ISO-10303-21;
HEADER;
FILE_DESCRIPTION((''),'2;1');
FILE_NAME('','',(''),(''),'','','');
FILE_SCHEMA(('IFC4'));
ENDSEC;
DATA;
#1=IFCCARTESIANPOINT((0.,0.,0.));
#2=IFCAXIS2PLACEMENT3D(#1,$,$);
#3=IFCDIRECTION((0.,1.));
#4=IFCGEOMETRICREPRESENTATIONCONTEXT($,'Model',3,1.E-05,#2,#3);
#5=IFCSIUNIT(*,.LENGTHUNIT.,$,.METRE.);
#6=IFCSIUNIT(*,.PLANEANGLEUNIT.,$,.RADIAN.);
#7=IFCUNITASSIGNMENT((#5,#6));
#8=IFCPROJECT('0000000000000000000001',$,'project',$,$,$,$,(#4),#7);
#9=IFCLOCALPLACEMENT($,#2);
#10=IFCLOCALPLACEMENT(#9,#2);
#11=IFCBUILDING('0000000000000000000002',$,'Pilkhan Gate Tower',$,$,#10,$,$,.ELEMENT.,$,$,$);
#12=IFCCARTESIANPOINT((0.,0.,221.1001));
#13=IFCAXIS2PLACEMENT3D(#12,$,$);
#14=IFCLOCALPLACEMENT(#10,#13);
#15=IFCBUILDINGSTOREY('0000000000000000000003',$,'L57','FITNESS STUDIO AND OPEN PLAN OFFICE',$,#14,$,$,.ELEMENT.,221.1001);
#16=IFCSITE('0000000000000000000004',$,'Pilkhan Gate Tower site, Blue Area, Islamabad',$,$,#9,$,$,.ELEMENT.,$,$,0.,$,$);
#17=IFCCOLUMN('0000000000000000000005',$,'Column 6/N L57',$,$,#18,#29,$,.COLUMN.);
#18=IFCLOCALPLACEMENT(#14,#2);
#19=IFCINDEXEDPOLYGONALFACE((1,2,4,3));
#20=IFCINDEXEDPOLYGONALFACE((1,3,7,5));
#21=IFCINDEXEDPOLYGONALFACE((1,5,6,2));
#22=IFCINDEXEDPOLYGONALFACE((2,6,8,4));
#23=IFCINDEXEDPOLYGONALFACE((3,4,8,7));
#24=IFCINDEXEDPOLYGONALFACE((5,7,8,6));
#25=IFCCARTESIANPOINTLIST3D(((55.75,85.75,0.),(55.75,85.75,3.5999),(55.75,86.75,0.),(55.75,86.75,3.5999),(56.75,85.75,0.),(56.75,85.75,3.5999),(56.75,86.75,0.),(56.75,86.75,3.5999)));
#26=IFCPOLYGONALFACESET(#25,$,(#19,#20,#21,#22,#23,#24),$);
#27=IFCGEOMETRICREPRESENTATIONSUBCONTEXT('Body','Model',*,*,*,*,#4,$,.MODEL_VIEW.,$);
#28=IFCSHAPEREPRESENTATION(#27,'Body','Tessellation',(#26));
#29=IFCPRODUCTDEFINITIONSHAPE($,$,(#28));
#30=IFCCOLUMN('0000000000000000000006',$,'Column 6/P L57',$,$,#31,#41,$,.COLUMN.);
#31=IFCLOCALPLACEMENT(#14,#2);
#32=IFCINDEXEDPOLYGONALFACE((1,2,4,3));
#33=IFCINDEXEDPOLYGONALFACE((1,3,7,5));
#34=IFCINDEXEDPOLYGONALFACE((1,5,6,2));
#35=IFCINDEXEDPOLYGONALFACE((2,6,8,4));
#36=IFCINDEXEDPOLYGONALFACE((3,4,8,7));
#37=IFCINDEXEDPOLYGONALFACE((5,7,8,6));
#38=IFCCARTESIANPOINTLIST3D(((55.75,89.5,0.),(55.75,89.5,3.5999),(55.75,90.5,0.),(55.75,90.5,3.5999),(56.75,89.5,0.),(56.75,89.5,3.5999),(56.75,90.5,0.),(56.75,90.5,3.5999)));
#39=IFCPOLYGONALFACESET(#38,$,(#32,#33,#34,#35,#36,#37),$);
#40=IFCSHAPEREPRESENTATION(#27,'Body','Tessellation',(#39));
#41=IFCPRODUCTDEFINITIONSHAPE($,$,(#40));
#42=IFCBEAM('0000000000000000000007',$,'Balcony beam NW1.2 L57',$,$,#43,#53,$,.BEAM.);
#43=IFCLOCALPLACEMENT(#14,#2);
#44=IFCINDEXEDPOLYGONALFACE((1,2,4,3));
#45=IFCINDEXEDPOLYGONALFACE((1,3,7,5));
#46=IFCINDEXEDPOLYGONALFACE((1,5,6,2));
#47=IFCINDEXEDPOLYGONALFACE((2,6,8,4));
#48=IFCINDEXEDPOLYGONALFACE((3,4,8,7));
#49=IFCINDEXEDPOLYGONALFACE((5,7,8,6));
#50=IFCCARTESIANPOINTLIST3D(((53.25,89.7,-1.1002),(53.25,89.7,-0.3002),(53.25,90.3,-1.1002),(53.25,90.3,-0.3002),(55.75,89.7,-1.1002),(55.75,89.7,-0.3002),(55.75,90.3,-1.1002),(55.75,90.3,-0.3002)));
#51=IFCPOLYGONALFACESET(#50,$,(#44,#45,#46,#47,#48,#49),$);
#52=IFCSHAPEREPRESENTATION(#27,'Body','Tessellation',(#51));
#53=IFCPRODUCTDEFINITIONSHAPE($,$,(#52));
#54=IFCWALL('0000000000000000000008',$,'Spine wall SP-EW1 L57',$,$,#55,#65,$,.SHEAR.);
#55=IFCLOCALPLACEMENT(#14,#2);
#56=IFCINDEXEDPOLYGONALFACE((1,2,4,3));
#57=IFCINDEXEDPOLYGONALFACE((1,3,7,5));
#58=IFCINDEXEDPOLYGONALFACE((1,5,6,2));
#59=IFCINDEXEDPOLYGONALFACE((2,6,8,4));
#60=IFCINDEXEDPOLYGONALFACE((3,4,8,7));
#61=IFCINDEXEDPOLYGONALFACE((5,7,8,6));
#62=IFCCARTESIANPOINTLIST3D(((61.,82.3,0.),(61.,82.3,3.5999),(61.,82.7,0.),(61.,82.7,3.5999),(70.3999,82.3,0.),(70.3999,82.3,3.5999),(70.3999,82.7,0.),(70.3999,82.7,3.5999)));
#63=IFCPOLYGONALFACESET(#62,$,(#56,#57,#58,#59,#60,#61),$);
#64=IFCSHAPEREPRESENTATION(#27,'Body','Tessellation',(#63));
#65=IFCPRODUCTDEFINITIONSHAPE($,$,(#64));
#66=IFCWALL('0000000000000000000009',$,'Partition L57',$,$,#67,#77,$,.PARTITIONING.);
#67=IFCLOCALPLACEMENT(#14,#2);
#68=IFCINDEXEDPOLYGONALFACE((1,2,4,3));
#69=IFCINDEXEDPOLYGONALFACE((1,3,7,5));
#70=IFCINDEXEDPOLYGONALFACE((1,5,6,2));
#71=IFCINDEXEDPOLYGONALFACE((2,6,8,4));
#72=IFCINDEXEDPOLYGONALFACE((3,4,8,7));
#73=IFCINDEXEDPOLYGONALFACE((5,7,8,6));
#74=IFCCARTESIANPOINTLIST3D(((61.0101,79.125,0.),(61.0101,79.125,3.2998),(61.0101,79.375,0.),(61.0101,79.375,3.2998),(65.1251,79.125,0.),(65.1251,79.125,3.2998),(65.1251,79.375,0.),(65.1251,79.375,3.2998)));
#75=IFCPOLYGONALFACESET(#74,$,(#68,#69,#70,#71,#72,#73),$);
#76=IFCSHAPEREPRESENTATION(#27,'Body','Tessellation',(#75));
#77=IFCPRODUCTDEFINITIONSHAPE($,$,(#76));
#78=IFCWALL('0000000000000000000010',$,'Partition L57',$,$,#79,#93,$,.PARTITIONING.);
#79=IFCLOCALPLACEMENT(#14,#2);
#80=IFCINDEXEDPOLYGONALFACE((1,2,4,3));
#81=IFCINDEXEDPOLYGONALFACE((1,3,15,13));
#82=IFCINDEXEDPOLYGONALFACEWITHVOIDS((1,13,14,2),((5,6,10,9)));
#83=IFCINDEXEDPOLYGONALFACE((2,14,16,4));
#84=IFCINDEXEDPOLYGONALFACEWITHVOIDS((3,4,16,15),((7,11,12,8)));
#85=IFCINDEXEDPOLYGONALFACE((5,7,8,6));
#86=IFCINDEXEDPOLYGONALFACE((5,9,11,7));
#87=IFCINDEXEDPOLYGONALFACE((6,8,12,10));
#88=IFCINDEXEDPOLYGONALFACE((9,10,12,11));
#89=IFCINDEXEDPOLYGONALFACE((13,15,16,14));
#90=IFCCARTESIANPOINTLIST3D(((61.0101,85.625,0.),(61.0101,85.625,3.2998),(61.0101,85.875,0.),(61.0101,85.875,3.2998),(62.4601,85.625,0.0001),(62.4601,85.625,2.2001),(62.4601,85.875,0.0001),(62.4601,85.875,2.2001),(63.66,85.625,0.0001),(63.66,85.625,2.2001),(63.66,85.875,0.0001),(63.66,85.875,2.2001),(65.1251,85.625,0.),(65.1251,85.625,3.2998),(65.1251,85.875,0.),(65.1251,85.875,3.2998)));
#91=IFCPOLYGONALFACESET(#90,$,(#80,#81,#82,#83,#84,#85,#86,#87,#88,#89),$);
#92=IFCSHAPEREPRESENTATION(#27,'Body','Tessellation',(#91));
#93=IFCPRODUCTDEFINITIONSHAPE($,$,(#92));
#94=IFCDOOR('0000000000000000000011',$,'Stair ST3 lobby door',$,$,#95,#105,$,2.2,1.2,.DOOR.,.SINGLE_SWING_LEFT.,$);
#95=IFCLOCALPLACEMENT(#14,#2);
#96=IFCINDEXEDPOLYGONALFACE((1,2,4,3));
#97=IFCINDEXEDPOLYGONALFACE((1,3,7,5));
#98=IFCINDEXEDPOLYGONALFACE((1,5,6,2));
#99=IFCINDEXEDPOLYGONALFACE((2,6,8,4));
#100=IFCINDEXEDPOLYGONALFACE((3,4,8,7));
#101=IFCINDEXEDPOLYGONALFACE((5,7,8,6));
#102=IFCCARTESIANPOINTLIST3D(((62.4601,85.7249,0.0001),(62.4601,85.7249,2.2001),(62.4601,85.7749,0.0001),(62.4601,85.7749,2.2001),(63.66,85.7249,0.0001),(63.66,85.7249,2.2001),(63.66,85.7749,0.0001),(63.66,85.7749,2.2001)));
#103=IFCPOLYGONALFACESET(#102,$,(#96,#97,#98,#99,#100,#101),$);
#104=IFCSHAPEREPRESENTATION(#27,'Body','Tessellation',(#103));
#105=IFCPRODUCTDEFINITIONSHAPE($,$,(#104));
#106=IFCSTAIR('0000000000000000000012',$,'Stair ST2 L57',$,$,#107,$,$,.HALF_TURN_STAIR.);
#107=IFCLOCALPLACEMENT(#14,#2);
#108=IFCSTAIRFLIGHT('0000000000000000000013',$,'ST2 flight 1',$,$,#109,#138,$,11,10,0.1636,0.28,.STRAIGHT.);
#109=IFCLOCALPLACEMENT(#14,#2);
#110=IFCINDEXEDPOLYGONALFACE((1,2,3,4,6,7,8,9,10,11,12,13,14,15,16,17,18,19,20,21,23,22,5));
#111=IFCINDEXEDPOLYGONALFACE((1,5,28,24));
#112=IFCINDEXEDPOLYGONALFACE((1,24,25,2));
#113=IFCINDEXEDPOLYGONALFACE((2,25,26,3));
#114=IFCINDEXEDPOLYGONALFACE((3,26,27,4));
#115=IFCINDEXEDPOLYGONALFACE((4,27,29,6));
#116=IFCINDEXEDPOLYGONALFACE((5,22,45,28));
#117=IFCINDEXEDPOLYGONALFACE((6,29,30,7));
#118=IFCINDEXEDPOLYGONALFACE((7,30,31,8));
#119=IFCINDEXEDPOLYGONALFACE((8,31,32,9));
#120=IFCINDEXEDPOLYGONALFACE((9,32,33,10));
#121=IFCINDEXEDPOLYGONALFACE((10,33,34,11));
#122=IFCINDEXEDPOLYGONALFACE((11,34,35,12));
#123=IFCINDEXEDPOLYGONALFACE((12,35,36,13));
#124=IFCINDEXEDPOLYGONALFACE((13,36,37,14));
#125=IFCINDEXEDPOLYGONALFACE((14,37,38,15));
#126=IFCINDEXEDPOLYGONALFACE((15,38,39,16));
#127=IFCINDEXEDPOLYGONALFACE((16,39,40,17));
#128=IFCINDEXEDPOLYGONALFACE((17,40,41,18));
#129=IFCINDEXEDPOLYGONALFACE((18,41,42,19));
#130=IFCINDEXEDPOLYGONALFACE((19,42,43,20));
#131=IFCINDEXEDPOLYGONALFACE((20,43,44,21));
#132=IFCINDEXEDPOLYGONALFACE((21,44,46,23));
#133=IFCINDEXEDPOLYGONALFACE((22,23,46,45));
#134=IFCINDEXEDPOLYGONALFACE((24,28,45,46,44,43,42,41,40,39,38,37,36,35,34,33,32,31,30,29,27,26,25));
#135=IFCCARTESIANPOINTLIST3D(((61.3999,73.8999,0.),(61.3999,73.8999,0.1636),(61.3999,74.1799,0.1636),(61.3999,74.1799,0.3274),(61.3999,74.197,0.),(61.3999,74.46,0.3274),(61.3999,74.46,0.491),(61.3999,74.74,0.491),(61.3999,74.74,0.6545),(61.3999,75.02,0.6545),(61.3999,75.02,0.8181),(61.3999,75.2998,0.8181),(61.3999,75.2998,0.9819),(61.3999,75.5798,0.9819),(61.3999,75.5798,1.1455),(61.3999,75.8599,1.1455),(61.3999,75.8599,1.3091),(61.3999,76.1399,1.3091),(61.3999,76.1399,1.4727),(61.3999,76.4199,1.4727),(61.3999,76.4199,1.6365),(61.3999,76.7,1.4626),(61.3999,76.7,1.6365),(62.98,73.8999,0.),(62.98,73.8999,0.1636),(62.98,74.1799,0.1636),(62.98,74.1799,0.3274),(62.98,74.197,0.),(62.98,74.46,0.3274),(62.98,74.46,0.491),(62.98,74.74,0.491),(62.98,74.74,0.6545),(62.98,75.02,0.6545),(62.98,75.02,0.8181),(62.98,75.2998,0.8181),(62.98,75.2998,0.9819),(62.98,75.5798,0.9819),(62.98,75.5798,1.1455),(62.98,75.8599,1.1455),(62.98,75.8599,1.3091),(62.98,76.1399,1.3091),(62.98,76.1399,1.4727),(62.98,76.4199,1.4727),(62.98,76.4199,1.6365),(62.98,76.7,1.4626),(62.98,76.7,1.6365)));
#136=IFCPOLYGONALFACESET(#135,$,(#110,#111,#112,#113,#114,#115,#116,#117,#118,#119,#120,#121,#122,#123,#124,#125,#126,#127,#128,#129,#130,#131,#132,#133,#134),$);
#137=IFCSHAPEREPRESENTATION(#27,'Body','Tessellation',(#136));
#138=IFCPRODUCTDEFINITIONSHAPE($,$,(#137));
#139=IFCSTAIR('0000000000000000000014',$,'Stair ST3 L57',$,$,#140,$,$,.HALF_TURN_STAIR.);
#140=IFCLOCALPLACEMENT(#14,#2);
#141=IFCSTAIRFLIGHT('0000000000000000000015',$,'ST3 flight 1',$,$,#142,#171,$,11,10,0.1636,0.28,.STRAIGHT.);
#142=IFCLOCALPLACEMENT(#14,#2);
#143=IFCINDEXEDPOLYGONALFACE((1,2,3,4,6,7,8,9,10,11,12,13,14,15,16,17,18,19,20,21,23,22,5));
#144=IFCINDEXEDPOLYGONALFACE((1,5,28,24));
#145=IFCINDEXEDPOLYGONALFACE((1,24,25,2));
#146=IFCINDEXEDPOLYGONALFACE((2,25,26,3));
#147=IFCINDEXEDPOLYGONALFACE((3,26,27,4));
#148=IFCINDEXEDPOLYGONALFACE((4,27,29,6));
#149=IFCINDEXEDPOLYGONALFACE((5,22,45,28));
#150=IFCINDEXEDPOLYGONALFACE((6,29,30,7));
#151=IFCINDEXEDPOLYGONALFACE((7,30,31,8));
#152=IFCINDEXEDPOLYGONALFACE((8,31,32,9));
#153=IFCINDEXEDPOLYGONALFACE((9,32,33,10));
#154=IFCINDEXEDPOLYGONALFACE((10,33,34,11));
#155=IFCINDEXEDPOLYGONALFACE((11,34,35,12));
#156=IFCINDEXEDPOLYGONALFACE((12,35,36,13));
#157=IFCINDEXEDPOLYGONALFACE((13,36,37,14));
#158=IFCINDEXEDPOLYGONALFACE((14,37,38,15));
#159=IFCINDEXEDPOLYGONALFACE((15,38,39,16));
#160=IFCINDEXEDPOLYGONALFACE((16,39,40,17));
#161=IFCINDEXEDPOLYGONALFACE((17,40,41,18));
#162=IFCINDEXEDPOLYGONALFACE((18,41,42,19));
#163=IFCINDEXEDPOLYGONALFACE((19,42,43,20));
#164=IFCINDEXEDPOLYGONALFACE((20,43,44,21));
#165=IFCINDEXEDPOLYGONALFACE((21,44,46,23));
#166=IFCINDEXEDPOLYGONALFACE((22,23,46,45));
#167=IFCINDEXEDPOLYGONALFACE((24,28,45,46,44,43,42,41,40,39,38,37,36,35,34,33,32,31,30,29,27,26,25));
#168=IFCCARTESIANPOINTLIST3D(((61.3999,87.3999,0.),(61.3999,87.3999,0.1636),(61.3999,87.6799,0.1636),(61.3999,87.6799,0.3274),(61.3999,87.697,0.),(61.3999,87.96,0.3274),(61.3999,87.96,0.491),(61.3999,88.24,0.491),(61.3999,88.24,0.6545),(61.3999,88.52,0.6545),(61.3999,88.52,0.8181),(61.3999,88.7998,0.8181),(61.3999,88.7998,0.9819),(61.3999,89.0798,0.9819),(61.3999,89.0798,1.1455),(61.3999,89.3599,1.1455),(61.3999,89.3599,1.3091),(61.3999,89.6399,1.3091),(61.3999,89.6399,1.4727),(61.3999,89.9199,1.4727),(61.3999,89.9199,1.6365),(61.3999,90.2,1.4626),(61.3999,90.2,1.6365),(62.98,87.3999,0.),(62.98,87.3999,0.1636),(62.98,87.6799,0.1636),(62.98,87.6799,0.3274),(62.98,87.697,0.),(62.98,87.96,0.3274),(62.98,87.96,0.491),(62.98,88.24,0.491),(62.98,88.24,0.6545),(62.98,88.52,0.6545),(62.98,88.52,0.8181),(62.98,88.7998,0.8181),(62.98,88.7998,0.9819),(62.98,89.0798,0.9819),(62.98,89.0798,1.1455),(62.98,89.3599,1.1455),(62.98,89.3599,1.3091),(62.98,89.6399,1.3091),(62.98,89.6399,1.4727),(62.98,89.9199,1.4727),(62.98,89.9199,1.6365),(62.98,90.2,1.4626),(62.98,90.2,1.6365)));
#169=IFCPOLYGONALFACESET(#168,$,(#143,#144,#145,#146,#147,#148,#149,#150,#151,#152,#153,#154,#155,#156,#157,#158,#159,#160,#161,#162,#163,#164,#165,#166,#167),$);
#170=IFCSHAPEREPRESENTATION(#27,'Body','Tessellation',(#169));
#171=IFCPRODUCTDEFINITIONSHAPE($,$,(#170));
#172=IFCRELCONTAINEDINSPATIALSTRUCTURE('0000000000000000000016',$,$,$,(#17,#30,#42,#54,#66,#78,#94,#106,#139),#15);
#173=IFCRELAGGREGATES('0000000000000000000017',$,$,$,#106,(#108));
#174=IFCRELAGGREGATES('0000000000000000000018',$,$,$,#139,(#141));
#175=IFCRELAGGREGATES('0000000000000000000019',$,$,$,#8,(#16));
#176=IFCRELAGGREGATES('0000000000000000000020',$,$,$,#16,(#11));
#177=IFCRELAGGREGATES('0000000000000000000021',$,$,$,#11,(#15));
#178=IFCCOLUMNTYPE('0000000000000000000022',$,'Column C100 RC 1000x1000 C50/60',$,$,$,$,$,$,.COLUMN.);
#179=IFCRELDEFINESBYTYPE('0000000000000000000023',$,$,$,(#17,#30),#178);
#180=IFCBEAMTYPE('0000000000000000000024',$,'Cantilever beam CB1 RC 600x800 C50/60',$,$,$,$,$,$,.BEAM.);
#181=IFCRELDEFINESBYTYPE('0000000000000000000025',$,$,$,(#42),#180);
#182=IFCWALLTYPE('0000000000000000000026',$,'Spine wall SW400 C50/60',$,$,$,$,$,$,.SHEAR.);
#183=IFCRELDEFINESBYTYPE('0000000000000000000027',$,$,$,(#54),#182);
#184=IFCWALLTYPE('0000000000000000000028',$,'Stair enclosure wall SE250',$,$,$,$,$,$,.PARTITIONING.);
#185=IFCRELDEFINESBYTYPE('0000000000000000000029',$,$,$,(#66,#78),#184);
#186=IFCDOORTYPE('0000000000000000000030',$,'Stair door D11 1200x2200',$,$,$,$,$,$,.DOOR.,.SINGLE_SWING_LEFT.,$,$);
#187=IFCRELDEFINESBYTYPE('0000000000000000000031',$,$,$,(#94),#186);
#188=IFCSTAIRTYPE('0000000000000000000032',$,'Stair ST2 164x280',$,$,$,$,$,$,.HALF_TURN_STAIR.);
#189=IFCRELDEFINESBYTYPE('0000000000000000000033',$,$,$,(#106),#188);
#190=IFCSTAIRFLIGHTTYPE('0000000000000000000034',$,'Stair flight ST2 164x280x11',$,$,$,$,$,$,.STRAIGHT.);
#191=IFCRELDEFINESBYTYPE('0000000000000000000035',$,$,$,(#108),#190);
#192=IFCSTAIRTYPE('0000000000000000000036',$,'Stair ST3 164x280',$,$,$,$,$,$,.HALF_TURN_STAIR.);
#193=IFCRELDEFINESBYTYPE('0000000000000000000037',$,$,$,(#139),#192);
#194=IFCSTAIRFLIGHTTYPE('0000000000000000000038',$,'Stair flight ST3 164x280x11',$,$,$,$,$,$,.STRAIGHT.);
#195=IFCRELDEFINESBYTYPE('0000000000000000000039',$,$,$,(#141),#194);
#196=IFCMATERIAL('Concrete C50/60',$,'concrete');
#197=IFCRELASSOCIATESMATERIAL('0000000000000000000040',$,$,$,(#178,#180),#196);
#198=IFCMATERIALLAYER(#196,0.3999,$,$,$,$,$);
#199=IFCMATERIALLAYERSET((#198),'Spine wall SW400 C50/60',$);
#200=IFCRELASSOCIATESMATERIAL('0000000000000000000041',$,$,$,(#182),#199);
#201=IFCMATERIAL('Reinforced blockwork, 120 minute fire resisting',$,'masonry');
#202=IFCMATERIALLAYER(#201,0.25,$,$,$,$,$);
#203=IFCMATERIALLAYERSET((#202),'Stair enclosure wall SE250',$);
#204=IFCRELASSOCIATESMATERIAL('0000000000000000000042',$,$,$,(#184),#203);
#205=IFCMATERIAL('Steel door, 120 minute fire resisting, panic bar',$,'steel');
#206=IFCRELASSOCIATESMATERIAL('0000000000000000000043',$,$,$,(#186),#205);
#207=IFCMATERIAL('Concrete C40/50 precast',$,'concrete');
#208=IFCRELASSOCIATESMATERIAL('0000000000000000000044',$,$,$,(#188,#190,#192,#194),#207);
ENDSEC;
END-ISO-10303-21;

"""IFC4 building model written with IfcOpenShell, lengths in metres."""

from ifc_helpers import new_model, si_unit, direction, frame, frame_2d, origin, origin_2d, place, context, subcontext, project, spatial, polyline, rectangle, outline, extrude, material, layer, layer_set, material_profile, profile_set, type_object, element, fill, aggregate, save


model = new_model("IFC4")

# Units and contexts
model_context = context("Model", 3, precision=1e-05, world=origin(), true_north=direction((0.0, 1.0)))
body_context = subcontext(model_context, "Body", "Model", "MODEL_VIEW")
ifc_project = project(units=[si_unit("LENGTHUNIT", "METRE"), si_unit("PLANEANGLEUNIT", "RADIAN")], contexts=[model_context])

# Site, building, storey
site_placement = place(None, origin())
site = spatial("IfcSite", under=ifc_project, at=site_placement, Name="Pilkhan Gate Tower site, Blue Area, Islamabad", CompositionType="ELEMENT", RefElevation=0.0)
building_placement = place(site_placement, origin())
building = spatial("IfcBuilding", under=site, at=building_placement, Name="Pilkhan Gate Tower", CompositionType="ELEMENT")
storey_placement = place(building_placement, frame((0.0, 0.0, 221.1001)))
storey = spatial("IfcBuildingStorey", under=building, at=storey_placement, Name="L57", Description="FITNESS STUDIO AND OPEN PLAN OFFICE", CompositionType="ELEMENT", Elevation=221.1001)

# Columns
ifc_material_1 = material(Name="Concrete C50/60", Category="concrete")
ifc_material_profile_1 = material_profile(ifc_material_1, rectangle(XDim=1.0, YDim=1.0, at=origin_2d()), Name="RC 1000x1000")
ifc_profile_set_1 = profile_set([ifc_material_profile_1], Name="Concrete C50/60")
column_type = type_object("IfcColumnType", Name="Column C100 RC 1000x1000 C50/60", PredefinedType="COLUMN", material=ifc_profile_set_1)
for number, where, z_axis, x_axis, name in (
    (1, (56.25, 86.25, 0.0), (0.0, 0.0, 1.0), (1.0, 0.0, 0.0), "Column 6/N L57"),
    (2, (56.25, 90.0, 0.0), (0.0, 0.0, 1.0), (1.0, 0.0, 0.0), "Column 6/P L57"),
):
    element("IfcColumn", number, at=place(storey_placement, frame(where, z_axis=z_axis, x_axis=x_axis)), inside=storey, type_object=column_type, Name=name, PredefinedType="COLUMN", context=body_context, shape_type="SweptSolid", body=[
        extrude(rectangle(XDim=1.0, YDim=1.0, at=origin_2d()), origin(), (0.0, 0.0, 1.0), 3.5999),
    ])

# Beam
ifc_material_profile_2 = material_profile(ifc_material_1, rectangle(XDim=0.6001, YDim=0.8, at=origin_2d()), Name="RC 600x800")
ifc_profile_set_2 = profile_set([ifc_material_profile_2], Name="Concrete C50/60")
beam_type = type_object("IfcBeamType", Name="Cantilever beam CB1 RC 600x800 C50/60", PredefinedType="BEAM", material=ifc_profile_set_2)
beam_placement = place(storey_placement, frame((55.75, 90.0, -0.7002), z_axis=(-1.0, 0.0, 0.0), x_axis=(0.0, -1.0, 0.0)))
element("IfcBeam", 3, at=beam_placement, inside=storey, type_object=beam_type, Name="Balcony beam NW1.2 L57", PredefinedType="BEAM", context=body_context, shape_type="SweptSolid", body=[
    extrude(rectangle(XDim=0.6001, YDim=0.8, at=origin_2d()), origin(), (0.0, 0.0, 1.0), 2.5),
])

# Walls
ifc_layer_1 = layer(ifc_material_1, 0.3999)
ifc_layer_set_1 = layer_set([ifc_layer_1], Name="Spine wall SW400 C50/60")
wall_type_1 = type_object("IfcWallType", Name="Spine wall SW400 C50/60", PredefinedType="SHEAR", material=ifc_layer_set_1)
wall_1_placement = place(storey_placement, frame((61.0, 82.5, 0.0), z_axis=(0.0, 0.0, 1.0), x_axis=(1.0, 0.0, 0.0)))
element("IfcWall", 4, at=wall_1_placement, inside=storey, type_object=wall_type_1, Name="Spine wall SP-EW1 L57", PredefinedType="SHEAR", context=body_context, shape_type="SweptSolid", body=[
    extrude(rectangle(XDim=9.3999, YDim=0.3999, at=frame_2d((4.7, 0.0))), origin(), (0.0, 0.0, 1.0), 3.5999),
])
ifc_material_2 = material(Name="Reinforced blockwork, 120 minute fire resisting", Category="masonry")
ifc_layer_2 = layer(ifc_material_2, 0.25)
ifc_layer_set_2 = layer_set([ifc_layer_2], Name="Stair enclosure wall SE250")
wall_type_2 = type_object("IfcWallType", Name="Stair enclosure wall SE250", PredefinedType="PARTITIONING", material=ifc_layer_set_2)
wall_2_placement = place(storey_placement, frame((61.01, 79.25, 0.0), z_axis=(0.0, 0.0, 1.0), x_axis=(1.0, 0.0, 0.0)))
element("IfcWall", 5, at=wall_2_placement, inside=storey, type_object=wall_type_2, Name="Partition L57", PredefinedType="PARTITIONING", context=body_context, shape_type="SweptSolid", body=[
    extrude(rectangle(XDim=4.115, YDim=0.25, at=frame_2d((2.0576, 0.0))), origin(), (0.0, 0.0, 1.0), 3.2998),
])

# Wall, opening, door
wall_3_placement = place(storey_placement, frame((61.01, 85.75, 0.0), z_axis=(0.0, 0.0, 1.0), x_axis=(1.0, 0.0, 0.0)))
wall_3 = element("IfcWall", 6, at=wall_3_placement, inside=storey, type_object=wall_type_2, Name="Partition L57", PredefinedType="PARTITIONING", context=body_context, shape_type="SweptSolid", body=[
    extrude(rectangle(XDim=4.115, YDim=0.25, at=frame_2d((2.0576, 0.0))), origin(), (0.0, 0.0, 1.0), 3.2998),
])
opening_placement = place(wall_3_placement, frame((1.45, 0.0, 0.0)))
opening = element("IfcOpeningElement", 7, at=opening_placement, cuts=wall_3, PredefinedType="OPENING", context=body_context, shape_type="SweptSolid", body=[
    extrude(rectangle(XDim=1.2, YDim=2.2, at=frame_2d((0.6001, 1.1001))), frame((0.0, 0.135, 0.0), z_axis=(0.0, -1.0, 0.0), x_axis=(1.0, 0.0, 0.0)), (0.0, 0.0, 1.0), 0.27),
])
ifc_material_3 = material(Name="Steel door, 120 minute fire resisting, panic bar", Category="steel")
door_type = type_object("IfcDoorType", Name="Stair door D11 1200x2200", OperationType="SINGLE_SWING_LEFT", PredefinedType="DOOR", material=ifc_material_3)
door_placement = place(opening_placement, origin())
door = element("IfcDoor", 8, at=door_placement, inside=storey, type_object=door_type, Name="Stair ST3 lobby door", OperationType="SINGLE_SWING_LEFT", OverallHeight=2.2, OverallWidth=1.2, PredefinedType="DOOR", context=body_context, shape_type="SweptSolid", body=[
    extrude(rectangle(XDim=1.2, YDim=2.2, at=frame_2d((0.6001, 1.1001))), frame((0.0, 0.0249, 0.0), z_axis=(0.0, -1.0, 0.0), x_axis=(1.0, 0.0, 0.0)), (0.0, 0.0, 1.0), 0.05),
])
fill(opening, door)

# Stairs, stair flights
ifc_material_4 = material(Name="Concrete C40/50 precast", Category="concrete")
stair_type_1 = type_object("IfcStairType", Name="Stair ST2 164x280", PredefinedType="HALF_TURN_STAIR", material=ifc_material_4)
stair_1_placement = place(storey_placement, origin())
stair_1 = element("IfcStair", 9, at=stair_1_placement, inside=storey, type_object=stair_type_1, Name="Stair ST2 L57", PredefinedType="HALF_TURN_STAIR")
stair_flight_type_1 = type_object("IfcStairFlightType", Name="Stair flight ST2 164x280x11", PredefinedType="STRAIGHT", material=ifc_material_4)
stair_flight_1_placement = place(storey_placement, frame((62.1899, 73.8999, 0.0), z_axis=(0.0, 0.0, 1.0), x_axis=(0.0, 1.0, 0.0)))
stair_flight_1 = element("IfcStairFlight", 10, at=stair_flight_1_placement, type_object=stair_flight_type_1, Name="ST2 flight 1", NumberOfRisers=11, NumberOfTreads=10, PredefinedType="STRAIGHT", RiserHeight=0.1636, TreadLength=0.28, context=body_context, shape_type="SweptSolid", body=[
    extrude(outline(polyline([(0.0, 0.0), (0.0, 0.1636), (0.28, 0.1636), (0.28, 0.3274), (0.5601, 0.3274), (0.5601, 0.491), (0.8401, 0.491), (0.8401, 0.6545), (1.1201, 0.6545), (1.1201, 0.8181), (1.3999, 0.8181), (1.3999, 0.9819), (1.6799, 0.9819), (1.6799, 1.1455), (1.96, 1.1455), (1.96, 1.3091), (2.24, 1.3091), (2.24, 1.4727), (2.52, 1.4727), (2.52, 1.6365), (2.8, 1.6365), (2.8, 1.8), (2.8, 1.4626), (0.2971, 0.0), (0.0, 0.0)])), frame((0.0, 0.79, 0.0), z_axis=(0.0, -1.0, 0.0), x_axis=(1.0, 0.0, 0.0)), (0.0, 0.0, 1.0), 1.5801),
])
aggregate(stair_1, [stair_flight_1])
stair_type_2 = type_object("IfcStairType", Name="Stair ST3 164x280", PredefinedType="HALF_TURN_STAIR", material=ifc_material_4)
stair_2_placement = place(storey_placement, origin())
stair_2 = element("IfcStair", 11, at=stair_2_placement, inside=storey, type_object=stair_type_2, Name="Stair ST3 L57", PredefinedType="HALF_TURN_STAIR")
stair_flight_type_2 = type_object("IfcStairFlightType", Name="Stair flight ST3 164x280x11", PredefinedType="STRAIGHT", material=ifc_material_4)
stair_flight_2_placement = place(storey_placement, frame((62.1899, 87.3999, 0.0), z_axis=(0.0, 0.0, 1.0), x_axis=(0.0, 1.0, 0.0)))
stair_flight_2 = element("IfcStairFlight", 12, at=stair_flight_2_placement, type_object=stair_flight_type_2, Name="ST3 flight 1", NumberOfRisers=11, NumberOfTreads=10, PredefinedType="STRAIGHT", RiserHeight=0.1636, TreadLength=0.28, context=body_context, shape_type="SweptSolid", body=[
    extrude(outline(polyline([(0.0, 0.0), (0.0, 0.1636), (0.28, 0.1636), (0.28, 0.3274), (0.5601, 0.3274), (0.5601, 0.491), (0.8401, 0.491), (0.8401, 0.6545), (1.1201, 0.6545), (1.1201, 0.8181), (1.3999, 0.8181), (1.3999, 0.9819), (1.6799, 0.9819), (1.6799, 1.1455), (1.96, 1.1455), (1.96, 1.3091), (2.24, 1.3091), (2.24, 1.4727), (2.52, 1.4727), (2.52, 1.6365), (2.8, 1.6365), (2.8, 1.8), (2.8, 1.4626), (0.2971, 0.0), (0.0, 0.0)])), frame((0.0, 0.79, 0.0), z_axis=(0.0, -1.0, 0.0), x_axis=(1.0, 0.0, 0.0)), (0.0, 0.0, 1.0), 1.5801),
])
aggregate(stair_2, [stair_flight_2])

save(model, "model.ifc")
